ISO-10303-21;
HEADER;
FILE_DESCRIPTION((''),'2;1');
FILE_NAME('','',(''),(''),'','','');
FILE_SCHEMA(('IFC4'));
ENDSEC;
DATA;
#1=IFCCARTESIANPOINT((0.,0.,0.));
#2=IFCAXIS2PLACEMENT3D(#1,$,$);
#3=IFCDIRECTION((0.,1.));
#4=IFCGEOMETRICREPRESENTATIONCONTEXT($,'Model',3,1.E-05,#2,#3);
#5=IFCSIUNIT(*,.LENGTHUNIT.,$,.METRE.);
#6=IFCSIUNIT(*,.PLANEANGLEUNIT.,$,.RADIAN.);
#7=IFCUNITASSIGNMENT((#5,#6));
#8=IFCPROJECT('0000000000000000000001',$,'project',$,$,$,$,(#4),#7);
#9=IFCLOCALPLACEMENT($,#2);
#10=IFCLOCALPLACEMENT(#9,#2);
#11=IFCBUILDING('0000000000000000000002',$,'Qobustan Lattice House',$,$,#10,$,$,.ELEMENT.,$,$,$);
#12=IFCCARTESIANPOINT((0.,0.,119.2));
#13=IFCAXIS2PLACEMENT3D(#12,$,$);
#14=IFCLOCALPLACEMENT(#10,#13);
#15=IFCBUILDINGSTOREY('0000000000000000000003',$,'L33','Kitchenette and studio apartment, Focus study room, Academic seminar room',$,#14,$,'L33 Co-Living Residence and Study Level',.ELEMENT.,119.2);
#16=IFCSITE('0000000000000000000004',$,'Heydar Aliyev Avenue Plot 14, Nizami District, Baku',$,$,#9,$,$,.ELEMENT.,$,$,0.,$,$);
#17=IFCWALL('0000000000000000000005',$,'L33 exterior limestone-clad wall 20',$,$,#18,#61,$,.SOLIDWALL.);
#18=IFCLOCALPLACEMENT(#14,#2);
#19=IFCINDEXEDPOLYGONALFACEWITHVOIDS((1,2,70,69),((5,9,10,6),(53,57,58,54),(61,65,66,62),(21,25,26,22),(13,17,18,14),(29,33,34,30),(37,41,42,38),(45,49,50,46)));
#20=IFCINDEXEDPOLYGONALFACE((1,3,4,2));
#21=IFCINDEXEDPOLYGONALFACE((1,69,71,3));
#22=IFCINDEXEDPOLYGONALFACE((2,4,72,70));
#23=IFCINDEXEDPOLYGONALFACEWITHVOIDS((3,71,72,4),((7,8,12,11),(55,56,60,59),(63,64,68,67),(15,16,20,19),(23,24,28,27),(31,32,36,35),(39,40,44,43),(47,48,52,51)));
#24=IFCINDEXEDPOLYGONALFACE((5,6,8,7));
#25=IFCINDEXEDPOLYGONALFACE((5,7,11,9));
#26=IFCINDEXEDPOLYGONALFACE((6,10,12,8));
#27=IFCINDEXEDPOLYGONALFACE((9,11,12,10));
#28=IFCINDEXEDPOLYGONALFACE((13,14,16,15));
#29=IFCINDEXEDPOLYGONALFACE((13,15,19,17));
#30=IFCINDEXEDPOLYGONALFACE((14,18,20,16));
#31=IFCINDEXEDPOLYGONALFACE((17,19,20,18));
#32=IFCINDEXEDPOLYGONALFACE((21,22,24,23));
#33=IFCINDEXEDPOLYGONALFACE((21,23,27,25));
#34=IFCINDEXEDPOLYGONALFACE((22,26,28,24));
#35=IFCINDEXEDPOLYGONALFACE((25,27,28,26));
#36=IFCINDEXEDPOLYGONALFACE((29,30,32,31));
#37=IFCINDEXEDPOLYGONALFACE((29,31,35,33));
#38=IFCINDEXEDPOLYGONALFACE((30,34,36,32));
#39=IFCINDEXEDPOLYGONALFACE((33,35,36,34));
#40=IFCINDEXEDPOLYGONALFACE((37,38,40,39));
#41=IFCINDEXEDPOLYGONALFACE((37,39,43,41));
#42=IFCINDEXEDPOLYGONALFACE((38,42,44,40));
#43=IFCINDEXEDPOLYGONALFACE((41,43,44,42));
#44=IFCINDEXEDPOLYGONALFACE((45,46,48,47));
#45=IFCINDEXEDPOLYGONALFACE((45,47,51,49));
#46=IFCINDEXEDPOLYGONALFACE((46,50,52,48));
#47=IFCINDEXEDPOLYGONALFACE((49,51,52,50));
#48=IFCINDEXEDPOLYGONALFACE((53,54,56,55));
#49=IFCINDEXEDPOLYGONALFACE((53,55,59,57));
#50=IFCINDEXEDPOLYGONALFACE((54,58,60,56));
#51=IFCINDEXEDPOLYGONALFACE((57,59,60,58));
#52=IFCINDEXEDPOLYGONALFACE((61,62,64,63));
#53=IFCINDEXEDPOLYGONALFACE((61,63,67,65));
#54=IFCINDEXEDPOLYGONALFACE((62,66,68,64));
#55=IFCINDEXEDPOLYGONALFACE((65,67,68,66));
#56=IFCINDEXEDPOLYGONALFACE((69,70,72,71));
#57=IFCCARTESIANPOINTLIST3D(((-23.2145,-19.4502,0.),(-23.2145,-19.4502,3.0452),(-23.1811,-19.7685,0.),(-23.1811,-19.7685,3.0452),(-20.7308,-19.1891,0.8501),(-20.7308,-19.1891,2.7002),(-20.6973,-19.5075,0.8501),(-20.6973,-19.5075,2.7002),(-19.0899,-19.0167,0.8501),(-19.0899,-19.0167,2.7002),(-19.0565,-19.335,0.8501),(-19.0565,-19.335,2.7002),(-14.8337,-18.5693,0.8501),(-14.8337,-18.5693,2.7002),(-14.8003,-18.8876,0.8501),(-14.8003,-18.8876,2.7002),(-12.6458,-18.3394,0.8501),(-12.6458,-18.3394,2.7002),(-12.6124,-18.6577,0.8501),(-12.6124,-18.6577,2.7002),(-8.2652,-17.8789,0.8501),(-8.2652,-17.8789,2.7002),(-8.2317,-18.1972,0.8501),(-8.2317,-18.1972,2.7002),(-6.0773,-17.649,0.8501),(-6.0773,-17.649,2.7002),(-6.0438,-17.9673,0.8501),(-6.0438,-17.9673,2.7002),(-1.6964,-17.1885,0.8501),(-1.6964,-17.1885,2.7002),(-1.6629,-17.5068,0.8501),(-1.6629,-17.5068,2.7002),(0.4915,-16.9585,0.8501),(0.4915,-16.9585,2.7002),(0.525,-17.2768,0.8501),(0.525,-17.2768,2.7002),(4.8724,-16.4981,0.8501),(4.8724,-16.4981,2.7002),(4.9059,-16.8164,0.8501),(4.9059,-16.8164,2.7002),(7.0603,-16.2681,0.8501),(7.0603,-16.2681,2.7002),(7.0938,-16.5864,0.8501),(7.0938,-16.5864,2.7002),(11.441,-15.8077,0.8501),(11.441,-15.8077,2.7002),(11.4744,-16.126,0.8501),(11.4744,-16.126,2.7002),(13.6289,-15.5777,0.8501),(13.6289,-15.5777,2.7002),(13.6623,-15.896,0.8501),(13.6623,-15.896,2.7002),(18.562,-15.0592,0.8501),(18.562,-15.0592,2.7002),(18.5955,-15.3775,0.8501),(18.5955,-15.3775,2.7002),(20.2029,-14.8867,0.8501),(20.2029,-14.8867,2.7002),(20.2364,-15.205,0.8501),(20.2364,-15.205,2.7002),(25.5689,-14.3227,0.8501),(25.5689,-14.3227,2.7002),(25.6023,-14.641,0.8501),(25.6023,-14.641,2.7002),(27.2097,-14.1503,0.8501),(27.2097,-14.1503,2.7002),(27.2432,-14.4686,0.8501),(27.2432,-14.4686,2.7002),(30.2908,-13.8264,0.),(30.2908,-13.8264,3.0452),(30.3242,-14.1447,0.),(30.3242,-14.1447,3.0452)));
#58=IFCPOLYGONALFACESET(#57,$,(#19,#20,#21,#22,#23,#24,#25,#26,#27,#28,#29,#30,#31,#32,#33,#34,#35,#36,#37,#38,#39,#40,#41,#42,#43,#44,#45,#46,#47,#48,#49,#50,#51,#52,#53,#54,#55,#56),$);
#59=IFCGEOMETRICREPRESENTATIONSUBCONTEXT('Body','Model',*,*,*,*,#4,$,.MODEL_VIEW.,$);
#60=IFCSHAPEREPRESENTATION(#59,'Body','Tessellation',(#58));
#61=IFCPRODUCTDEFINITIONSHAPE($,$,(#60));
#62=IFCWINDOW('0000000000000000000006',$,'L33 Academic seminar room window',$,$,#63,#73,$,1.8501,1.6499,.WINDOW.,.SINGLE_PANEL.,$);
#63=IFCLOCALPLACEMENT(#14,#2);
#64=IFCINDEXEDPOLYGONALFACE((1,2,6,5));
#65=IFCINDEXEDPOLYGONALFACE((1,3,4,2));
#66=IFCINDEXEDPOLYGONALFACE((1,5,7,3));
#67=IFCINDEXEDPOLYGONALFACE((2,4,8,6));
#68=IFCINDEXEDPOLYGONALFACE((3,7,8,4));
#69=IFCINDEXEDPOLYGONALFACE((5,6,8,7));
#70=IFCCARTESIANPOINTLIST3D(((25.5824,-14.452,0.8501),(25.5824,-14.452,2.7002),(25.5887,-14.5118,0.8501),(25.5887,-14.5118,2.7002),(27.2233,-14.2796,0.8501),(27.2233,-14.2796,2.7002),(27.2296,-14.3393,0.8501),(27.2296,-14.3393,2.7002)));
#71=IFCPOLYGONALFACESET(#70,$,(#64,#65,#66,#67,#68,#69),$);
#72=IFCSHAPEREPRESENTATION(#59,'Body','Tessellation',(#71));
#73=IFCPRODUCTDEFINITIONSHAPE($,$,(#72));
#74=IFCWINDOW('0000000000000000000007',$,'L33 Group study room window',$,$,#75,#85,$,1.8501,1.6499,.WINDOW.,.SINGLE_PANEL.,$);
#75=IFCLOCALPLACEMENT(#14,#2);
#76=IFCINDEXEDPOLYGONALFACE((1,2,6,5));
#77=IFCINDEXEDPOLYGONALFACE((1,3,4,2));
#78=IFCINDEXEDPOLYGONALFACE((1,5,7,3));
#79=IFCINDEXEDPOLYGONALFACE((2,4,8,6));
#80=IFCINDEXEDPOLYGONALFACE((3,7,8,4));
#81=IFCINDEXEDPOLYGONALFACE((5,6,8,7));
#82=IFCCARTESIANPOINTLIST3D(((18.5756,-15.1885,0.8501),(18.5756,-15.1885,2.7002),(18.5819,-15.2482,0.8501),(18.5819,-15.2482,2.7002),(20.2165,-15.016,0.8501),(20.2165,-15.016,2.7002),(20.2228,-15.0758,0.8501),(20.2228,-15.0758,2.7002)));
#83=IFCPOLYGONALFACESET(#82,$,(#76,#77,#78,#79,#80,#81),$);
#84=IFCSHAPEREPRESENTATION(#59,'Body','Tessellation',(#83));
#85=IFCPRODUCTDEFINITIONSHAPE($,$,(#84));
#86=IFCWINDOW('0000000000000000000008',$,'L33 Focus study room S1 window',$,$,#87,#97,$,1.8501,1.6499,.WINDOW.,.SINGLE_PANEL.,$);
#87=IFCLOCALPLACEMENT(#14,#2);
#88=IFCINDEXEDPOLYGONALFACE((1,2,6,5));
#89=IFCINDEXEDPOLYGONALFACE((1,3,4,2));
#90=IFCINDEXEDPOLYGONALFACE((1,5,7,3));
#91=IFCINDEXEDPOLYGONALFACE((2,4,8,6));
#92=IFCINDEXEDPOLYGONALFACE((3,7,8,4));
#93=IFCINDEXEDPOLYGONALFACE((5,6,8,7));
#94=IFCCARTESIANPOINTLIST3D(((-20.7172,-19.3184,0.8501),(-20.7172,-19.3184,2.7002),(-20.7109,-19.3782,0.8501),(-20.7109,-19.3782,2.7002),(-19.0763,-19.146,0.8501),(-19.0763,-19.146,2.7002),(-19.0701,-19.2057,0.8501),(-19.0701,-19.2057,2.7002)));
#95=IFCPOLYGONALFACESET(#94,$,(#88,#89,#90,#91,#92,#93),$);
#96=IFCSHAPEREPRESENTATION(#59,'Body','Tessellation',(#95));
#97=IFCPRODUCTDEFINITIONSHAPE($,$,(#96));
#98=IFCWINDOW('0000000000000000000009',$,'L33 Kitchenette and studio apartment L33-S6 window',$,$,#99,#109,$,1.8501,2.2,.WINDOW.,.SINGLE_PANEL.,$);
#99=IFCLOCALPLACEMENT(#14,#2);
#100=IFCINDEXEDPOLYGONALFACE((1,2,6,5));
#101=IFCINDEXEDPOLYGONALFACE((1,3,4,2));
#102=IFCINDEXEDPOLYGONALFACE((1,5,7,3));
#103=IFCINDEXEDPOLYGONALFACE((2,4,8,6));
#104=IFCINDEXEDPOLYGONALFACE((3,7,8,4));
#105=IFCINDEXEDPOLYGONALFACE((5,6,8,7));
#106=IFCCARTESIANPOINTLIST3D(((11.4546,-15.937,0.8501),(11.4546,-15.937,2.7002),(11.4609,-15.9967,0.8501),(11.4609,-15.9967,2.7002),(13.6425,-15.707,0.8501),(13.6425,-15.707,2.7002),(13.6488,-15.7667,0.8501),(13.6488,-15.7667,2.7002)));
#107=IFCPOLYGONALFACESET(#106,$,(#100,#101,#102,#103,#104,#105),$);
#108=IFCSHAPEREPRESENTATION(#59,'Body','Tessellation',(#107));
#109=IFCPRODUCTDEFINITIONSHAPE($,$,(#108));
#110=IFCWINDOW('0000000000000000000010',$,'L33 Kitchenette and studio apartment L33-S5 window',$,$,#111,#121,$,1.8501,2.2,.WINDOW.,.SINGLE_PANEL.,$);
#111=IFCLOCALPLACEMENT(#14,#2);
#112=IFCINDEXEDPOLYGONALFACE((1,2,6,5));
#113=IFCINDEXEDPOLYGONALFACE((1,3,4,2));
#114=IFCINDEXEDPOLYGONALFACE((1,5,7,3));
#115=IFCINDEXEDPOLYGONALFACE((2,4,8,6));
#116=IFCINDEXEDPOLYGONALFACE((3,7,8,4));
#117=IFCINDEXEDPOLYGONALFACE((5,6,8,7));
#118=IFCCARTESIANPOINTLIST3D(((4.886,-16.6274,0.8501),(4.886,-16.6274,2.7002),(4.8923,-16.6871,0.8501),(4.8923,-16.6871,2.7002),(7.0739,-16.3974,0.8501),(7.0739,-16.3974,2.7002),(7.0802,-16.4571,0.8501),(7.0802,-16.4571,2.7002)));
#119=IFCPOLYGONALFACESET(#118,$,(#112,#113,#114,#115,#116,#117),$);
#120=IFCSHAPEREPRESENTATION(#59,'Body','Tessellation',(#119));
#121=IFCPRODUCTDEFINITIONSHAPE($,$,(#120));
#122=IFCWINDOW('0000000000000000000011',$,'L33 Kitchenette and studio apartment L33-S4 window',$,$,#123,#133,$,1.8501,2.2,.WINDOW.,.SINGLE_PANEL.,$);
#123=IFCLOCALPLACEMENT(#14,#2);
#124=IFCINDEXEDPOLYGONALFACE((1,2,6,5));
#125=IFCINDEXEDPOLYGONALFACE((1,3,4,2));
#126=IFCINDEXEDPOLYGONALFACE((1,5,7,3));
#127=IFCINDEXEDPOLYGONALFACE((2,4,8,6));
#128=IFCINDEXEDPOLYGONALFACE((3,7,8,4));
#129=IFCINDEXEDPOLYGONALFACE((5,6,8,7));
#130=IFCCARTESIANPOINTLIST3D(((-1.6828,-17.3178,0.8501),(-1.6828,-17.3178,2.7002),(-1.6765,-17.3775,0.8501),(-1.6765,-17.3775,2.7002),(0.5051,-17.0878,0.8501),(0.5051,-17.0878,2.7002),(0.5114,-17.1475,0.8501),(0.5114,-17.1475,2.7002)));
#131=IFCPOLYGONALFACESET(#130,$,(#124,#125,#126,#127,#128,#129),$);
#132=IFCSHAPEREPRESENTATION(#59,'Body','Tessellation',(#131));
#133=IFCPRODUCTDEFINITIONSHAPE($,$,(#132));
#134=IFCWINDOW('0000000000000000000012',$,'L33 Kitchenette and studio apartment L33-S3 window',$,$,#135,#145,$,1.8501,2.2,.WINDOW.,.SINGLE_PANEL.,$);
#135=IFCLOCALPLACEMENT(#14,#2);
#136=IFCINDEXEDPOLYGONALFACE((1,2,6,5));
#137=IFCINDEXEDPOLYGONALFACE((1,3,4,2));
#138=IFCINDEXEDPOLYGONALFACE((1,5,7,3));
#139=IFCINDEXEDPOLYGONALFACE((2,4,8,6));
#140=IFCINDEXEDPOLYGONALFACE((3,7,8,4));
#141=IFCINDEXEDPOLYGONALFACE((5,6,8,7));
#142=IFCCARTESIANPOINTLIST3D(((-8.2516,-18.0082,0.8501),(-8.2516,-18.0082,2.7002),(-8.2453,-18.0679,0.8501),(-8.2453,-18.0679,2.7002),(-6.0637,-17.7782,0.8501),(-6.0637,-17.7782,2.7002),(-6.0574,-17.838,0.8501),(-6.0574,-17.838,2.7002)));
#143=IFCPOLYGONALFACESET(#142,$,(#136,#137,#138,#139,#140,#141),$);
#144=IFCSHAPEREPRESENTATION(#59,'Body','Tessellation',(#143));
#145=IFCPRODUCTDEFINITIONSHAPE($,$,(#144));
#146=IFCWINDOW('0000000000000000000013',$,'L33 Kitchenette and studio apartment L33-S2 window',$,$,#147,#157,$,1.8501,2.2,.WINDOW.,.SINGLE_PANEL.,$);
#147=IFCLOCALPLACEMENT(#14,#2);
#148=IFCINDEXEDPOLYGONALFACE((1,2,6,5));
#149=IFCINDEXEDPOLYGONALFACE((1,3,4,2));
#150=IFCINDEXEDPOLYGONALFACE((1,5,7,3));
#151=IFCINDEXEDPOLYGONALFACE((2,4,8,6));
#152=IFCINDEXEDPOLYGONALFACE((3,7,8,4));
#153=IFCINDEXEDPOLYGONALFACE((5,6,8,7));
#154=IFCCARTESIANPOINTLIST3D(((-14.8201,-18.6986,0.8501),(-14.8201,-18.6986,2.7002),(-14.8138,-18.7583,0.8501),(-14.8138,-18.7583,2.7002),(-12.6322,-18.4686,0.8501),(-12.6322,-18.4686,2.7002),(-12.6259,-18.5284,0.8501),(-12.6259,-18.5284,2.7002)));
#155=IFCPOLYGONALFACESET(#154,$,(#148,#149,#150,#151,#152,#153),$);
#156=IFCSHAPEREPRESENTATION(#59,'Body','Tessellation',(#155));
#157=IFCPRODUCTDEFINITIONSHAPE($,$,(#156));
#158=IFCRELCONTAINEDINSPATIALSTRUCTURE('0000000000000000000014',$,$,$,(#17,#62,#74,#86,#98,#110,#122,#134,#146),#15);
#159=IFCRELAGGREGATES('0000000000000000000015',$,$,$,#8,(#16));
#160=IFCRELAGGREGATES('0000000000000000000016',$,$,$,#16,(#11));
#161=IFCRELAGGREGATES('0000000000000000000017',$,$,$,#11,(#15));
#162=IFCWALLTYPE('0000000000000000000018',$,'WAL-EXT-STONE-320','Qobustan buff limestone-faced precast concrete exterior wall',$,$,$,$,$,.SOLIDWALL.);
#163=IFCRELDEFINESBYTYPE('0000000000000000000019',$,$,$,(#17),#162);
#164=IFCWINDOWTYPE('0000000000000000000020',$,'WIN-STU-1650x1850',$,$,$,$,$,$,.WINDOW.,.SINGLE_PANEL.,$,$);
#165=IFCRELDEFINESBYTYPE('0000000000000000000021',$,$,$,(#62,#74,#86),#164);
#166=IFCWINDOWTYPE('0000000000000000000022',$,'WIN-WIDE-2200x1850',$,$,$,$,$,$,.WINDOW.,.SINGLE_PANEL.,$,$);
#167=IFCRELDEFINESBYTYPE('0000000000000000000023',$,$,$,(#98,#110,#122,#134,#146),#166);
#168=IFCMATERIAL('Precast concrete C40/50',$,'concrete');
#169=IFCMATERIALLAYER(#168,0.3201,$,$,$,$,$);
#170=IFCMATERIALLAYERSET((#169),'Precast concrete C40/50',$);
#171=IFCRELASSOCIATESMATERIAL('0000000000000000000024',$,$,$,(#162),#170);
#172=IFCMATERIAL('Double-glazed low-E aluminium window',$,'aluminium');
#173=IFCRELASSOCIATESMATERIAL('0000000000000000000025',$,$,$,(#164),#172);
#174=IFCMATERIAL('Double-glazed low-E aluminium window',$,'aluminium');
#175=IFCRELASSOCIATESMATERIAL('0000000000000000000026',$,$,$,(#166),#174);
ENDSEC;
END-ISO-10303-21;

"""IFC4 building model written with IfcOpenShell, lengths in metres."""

from ifc_helpers import new_model, si_unit, direction, frame, frame_2d, origin, place, context, subcontext, project, spatial, rectangle, extrude, material, layer, layer_set, type_object, element, fill, save


model = new_model("IFC4")

# Units and contexts
model_context = context("Model", 3, precision=1e-05, world=origin(), true_north=direction((0.0, 1.0)))
body_context = subcontext(model_context, "Body", "Model", "MODEL_VIEW")
ifc_project = project(units=[si_unit("LENGTHUNIT", "METRE"), si_unit("PLANEANGLEUNIT", "RADIAN")], contexts=[model_context])

# Site, building, storey
site_placement = place(None, origin())
site = spatial("IfcSite", under=ifc_project, at=site_placement, Name="Heydar Aliyev Avenue Plot 14, Nizami District, Baku", CompositionType="ELEMENT", RefElevation=0.0)
building_placement = place(site_placement, origin())
building = spatial("IfcBuilding", under=site, at=building_placement, Name="Qobustan Lattice House", CompositionType="ELEMENT")
storey_placement = place(building_placement, frame((0.0, 0.0, 119.2)))
storey = spatial("IfcBuildingStorey", under=building, at=storey_placement, Name="L33", Description="Kitchenette and studio apartment, Focus study room, Academic seminar room", LongName="L33 Co-Living Residence and Study Level", CompositionType="ELEMENT", Elevation=119.2)

# Shared definitions
ifc_material_1 = material(Name="Precast concrete C40/50", Category="concrete")
ifc_layer_1 = layer(ifc_material_1, 0.3201)
ifc_layer_set_1 = layer_set([ifc_layer_1], Name="Precast concrete C40/50")
wall_type = type_object("IfcWallType", Name="WAL-EXT-STONE-320", Description="Qobustan buff limestone-faced precast concrete exterior wall", PredefinedType="SOLIDWALL", material=ifc_layer_set_1)

# Wall, openings, windows
wall_1_placement = place(storey_placement, frame((30.3074, -13.9856, 0.0), z_axis=(0.0, 0.0, 1.0), x_axis=(-0.994522, -0.104531, 0.0)))
wall_1 = element("IfcWall", 1, at=wall_1_placement, inside=storey, type_object=wall_type, Name="L33 exterior limestone-clad wall 20", PredefinedType="SOLIDWALL", context=body_context, shape_type="SweptSolid", body=[
    extrude(rectangle(XDim=53.8, YDim=0.3201, at=frame_2d((26.8999, 0.0))), origin(), (0.0, 0.0, 1.0), 3.0452),
])
opening_1_placement = place(wall_1_placement, frame((3.0979, 0.0, 0.8501)))
opening_1 = element("IfcOpeningElement", 2, at=opening_1_placement, cuts=wall_1, PredefinedType="OPENING", context=body_context, shape_type="SweptSolid", body=[
    extrude(rectangle(XDim=1.6499, YDim=1.8501, at=frame_2d((0.825, 0.925))), frame((0.0, 0.1699, 0.0), z_axis=(0.0, -1.0, 0.0), x_axis=(1.0, 0.0, 0.0)), (0.0, 0.0, 1.0), 0.3401),
])
opening_2_placement = place(wall_1_placement, frame((10.1433, 0.0, 0.8501)))
opening_2 = element("IfcOpeningElement", 3, at=opening_2_placement, cuts=wall_1, PredefinedType="OPENING", context=body_context, shape_type="SweptSolid", body=[
    extrude(rectangle(XDim=1.6499, YDim=1.8501, at=frame_2d((0.825, 0.925))), frame((0.0, 0.1699, 0.0), z_axis=(0.0, -1.0, 0.0), x_axis=(1.0, 0.0, 0.0)), (0.0, 0.0, 1.0), 0.3401),
])
opening_3_placement = place(wall_1_placement, frame((16.7534, 0.0, 0.8501)))
opening_3 = element("IfcOpeningElement", 4, at=opening_3_placement, cuts=wall_1, PredefinedType="OPENING", context=body_context, shape_type="SweptSolid", body=[
    extrude(rectangle(XDim=2.2, YDim=1.8501, at=frame_2d((1.1001, 0.925))), frame((0.0, 0.1699, 0.0), z_axis=(0.0, -1.0, 0.0), x_axis=(1.0, 0.0, 0.0)), (0.0, 0.0, 1.0), 0.3401),
])
opening_4_placement = place(wall_1_placement, frame((23.3582, 0.0, 0.8501)))
opening_4 = element("IfcOpeningElement", 5, at=opening_4_placement, cuts=wall_1, PredefinedType="OPENING", context=body_context, shape_type="SweptSolid", body=[
    extrude(rectangle(XDim=2.2, YDim=1.8501, at=frame_2d((1.1001, 0.925))), frame((0.0, 0.1699, 0.0), z_axis=(0.0, -1.0, 0.0), x_axis=(1.0, 0.0, 0.0)), (0.0, 0.0, 1.0), 0.3401),
])
opening_5_placement = place(wall_1_placement, frame((29.9631, 0.0, 0.8501)))
opening_5 = element("IfcOpeningElement", 6, at=opening_5_placement, cuts=wall_1, PredefinedType="OPENING", context=body_context, shape_type="SweptSolid", body=[
    extrude(rectangle(XDim=2.2, YDim=1.8501, at=frame_2d((1.1001, 0.925))), frame((0.0, 0.1699, 0.0), z_axis=(0.0, -1.0, 0.0), x_axis=(1.0, 0.0, 0.0)), (0.0, 0.0, 1.0), 0.3401),
])
opening_6_placement = place(wall_1_placement, frame((36.5681, 0.0, 0.8501)))
opening_6 = element("IfcOpeningElement", 7, at=opening_6_placement, cuts=wall_1, PredefinedType="OPENING", context=body_context, shape_type="SweptSolid", body=[
    extrude(rectangle(XDim=2.2, YDim=1.8501, at=frame_2d((1.1001, 0.925))), frame((0.0, 0.1699, 0.0), z_axis=(0.0, -1.0, 0.0), x_axis=(1.0, 0.0, 0.0)), (0.0, 0.0, 1.0), 0.3401),
])
opening_7_placement = place(wall_1_placement, frame((43.1729, 0.0, 0.8501)))
opening_7 = element("IfcOpeningElement", 8, at=opening_7_placement, cuts=wall_1, PredefinedType="OPENING", context=body_context, shape_type="SweptSolid", body=[
    extrude(rectangle(XDim=2.2, YDim=1.8501, at=frame_2d((1.1001, 0.925))), frame((0.0, 0.1699, 0.0), z_axis=(0.0, -1.0, 0.0), x_axis=(1.0, 0.0, 0.0)), (0.0, 0.0, 1.0), 0.3401),
])
opening_8_placement = place(wall_1_placement, frame((49.6526, 0.0, 0.8501)))
opening_8 = element("IfcOpeningElement", 9, at=opening_8_placement, cuts=wall_1, PredefinedType="OPENING", context=body_context, shape_type="SweptSolid", body=[
    extrude(rectangle(XDim=1.6499, YDim=1.8501, at=frame_2d((0.825, 0.925))), frame((0.0, 0.1699, 0.0), z_axis=(0.0, -1.0, 0.0), x_axis=(1.0, 0.0, 0.0)), (0.0, 0.0, 1.0), 0.3401),
])
ifc_material_2 = material(Name="Double-glazed low-E aluminium window", Category="aluminium")
window_type_1 = type_object("IfcWindowType", Name="WIN-STU-1650x1850", PartitioningType="SINGLE_PANEL", PredefinedType="WINDOW", material=ifc_material_2)
window_1_placement = place(opening_1_placement, origin())
window_1 = element("IfcWindow", 10, at=window_1_placement, inside=storey, type_object=window_type_1, Name="L33 Academic seminar room window", OverallHeight=1.8501, OverallWidth=1.6499, PartitioningType="SINGLE_PANEL", PredefinedType="WINDOW", context=body_context, shape_type="SweptSolid", body=[
    extrude(rectangle(XDim=1.6499, YDim=1.8501, at=frame_2d((0.825, 0.925))), frame((0.0, 0.03, 0.0), z_axis=(0.0, -1.0, 0.0), x_axis=(1.0, 0.0, 0.0)), (0.0, 0.0, 1.0), 0.0601),
])
fill(opening_1, window_1)
window_2_placement = place(opening_2_placement, origin())
window_2 = element("IfcWindow", 11, at=window_2_placement, inside=storey, type_object=window_type_1, Name="L33 Group study room window", OverallHeight=1.8501, OverallWidth=1.6499, PartitioningType="SINGLE_PANEL", PredefinedType="WINDOW", context=body_context, shape_type="SweptSolid", body=[
    extrude(rectangle(XDim=1.6499, YDim=1.8501, at=frame_2d((0.825, 0.925))), frame((0.0, 0.03, 0.0), z_axis=(0.0, -1.0, 0.0), x_axis=(1.0, 0.0, 0.0)), (0.0, 0.0, 1.0), 0.0601),
])
fill(opening_2, window_2)
window_3_placement = place(opening_8_placement, origin())
window_3 = element("IfcWindow", 12, at=window_3_placement, inside=storey, type_object=window_type_1, Name="L33 Focus study room S1 window", OverallHeight=1.8501, OverallWidth=1.6499, PartitioningType="SINGLE_PANEL", PredefinedType="WINDOW", context=body_context, shape_type="SweptSolid", body=[
    extrude(rectangle(XDim=1.6499, YDim=1.8501, at=frame_2d((0.825, 0.925))), frame((0.0, 0.03, 0.0), z_axis=(0.0, -1.0, 0.0), x_axis=(1.0, 0.0, 0.0)), (0.0, 0.0, 1.0), 0.0601),
])
fill(opening_8, window_3)
ifc_material_3 = material(Name="Double-glazed low-E aluminium window", Category="aluminium")
window_type_2 = type_object("IfcWindowType", Name="WIN-WIDE-2200x1850", PartitioningType="SINGLE_PANEL", PredefinedType="WINDOW", material=ifc_material_3)
window_4_placement = place(opening_3_placement, origin())
window_4 = element("IfcWindow", 13, at=window_4_placement, inside=storey, type_object=window_type_2, Name="L33 Kitchenette and studio apartment L33-S6 window", OverallHeight=1.8501, OverallWidth=2.2, PartitioningType="SINGLE_PANEL", PredefinedType="WINDOW", context=body_context, shape_type="SweptSolid", body=[
    extrude(rectangle(XDim=2.2, YDim=1.8501, at=frame_2d((1.1001, 0.925))), frame((0.0, 0.03, 0.0), z_axis=(0.0, -1.0, 0.0), x_axis=(1.0, 0.0, 0.0)), (0.0, 0.0, 1.0), 0.0601),
])
fill(opening_3, window_4)
window_5_placement = place(opening_4_placement, origin())
window_5 = element("IfcWindow", 14, at=window_5_placement, inside=storey, type_object=window_type_2, Name="L33 Kitchenette and studio apartment L33-S5 window", OverallHeight=1.8501, OverallWidth=2.2, PartitioningType="SINGLE_PANEL", PredefinedType="WINDOW", context=body_context, shape_type="SweptSolid", body=[
    extrude(rectangle(XDim=2.2, YDim=1.8501, at=frame_2d((1.1001, 0.925))), frame((0.0, 0.03, 0.0), z_axis=(0.0, -1.0, 0.0), x_axis=(1.0, 0.0, 0.0)), (0.0, 0.0, 1.0), 0.0601),
])
fill(opening_4, window_5)
window_6_placement = place(opening_5_placement, origin())
window_6 = element("IfcWindow", 15, at=window_6_placement, inside=storey, type_object=window_type_2, Name="L33 Kitchenette and studio apartment L33-S4 window", OverallHeight=1.8501, OverallWidth=2.2, PartitioningType="SINGLE_PANEL", PredefinedType="WINDOW", context=body_context, shape_type="SweptSolid", body=[
    extrude(rectangle(XDim=2.2, YDim=1.8501, at=frame_2d((1.1001, 0.925))), frame((0.0, 0.03, 0.0), z_axis=(0.0, -1.0, 0.0), x_axis=(1.0, 0.0, 0.0)), (0.0, 0.0, 1.0), 0.0601),
])
fill(opening_5, window_6)
window_7_placement = place(opening_6_placement, origin())
window_7 = element("IfcWindow", 16, at=window_7_placement, inside=storey, type_object=window_type_2, Name="L33 Kitchenette and studio apartment L33-S3 window", OverallHeight=1.8501, OverallWidth=2.2, PartitioningType="SINGLE_PANEL", PredefinedType="WINDOW", context=body_context, shape_type="SweptSolid", body=[
    extrude(rectangle(XDim=2.2, YDim=1.8501, at=frame_2d((1.1001, 0.925))), frame((0.0, 0.03, 0.0), z_axis=(0.0, -1.0, 0.0), x_axis=(1.0, 0.0, 0.0)), (0.0, 0.0, 1.0), 0.0601),
])
fill(opening_6, window_7)
window_8_placement = place(opening_7_placement, origin())
window_8 = element("IfcWindow", 17, at=window_8_placement, inside=storey, type_object=window_type_2, Name="L33 Kitchenette and studio apartment L33-S2 window", OverallHeight=1.8501, OverallWidth=2.2, PartitioningType="SINGLE_PANEL", PredefinedType="WINDOW", context=body_context, shape_type="SweptSolid", body=[
    extrude(rectangle(XDim=2.2, YDim=1.8501, at=frame_2d((1.1001, 0.925))), frame((0.0, 0.03, 0.0), z_axis=(0.0, -1.0, 0.0), x_axis=(1.0, 0.0, 0.0)), (0.0, 0.0, 1.0), 0.0601),
])
fill(opening_7, window_8)

save(model, "model.ifc")
